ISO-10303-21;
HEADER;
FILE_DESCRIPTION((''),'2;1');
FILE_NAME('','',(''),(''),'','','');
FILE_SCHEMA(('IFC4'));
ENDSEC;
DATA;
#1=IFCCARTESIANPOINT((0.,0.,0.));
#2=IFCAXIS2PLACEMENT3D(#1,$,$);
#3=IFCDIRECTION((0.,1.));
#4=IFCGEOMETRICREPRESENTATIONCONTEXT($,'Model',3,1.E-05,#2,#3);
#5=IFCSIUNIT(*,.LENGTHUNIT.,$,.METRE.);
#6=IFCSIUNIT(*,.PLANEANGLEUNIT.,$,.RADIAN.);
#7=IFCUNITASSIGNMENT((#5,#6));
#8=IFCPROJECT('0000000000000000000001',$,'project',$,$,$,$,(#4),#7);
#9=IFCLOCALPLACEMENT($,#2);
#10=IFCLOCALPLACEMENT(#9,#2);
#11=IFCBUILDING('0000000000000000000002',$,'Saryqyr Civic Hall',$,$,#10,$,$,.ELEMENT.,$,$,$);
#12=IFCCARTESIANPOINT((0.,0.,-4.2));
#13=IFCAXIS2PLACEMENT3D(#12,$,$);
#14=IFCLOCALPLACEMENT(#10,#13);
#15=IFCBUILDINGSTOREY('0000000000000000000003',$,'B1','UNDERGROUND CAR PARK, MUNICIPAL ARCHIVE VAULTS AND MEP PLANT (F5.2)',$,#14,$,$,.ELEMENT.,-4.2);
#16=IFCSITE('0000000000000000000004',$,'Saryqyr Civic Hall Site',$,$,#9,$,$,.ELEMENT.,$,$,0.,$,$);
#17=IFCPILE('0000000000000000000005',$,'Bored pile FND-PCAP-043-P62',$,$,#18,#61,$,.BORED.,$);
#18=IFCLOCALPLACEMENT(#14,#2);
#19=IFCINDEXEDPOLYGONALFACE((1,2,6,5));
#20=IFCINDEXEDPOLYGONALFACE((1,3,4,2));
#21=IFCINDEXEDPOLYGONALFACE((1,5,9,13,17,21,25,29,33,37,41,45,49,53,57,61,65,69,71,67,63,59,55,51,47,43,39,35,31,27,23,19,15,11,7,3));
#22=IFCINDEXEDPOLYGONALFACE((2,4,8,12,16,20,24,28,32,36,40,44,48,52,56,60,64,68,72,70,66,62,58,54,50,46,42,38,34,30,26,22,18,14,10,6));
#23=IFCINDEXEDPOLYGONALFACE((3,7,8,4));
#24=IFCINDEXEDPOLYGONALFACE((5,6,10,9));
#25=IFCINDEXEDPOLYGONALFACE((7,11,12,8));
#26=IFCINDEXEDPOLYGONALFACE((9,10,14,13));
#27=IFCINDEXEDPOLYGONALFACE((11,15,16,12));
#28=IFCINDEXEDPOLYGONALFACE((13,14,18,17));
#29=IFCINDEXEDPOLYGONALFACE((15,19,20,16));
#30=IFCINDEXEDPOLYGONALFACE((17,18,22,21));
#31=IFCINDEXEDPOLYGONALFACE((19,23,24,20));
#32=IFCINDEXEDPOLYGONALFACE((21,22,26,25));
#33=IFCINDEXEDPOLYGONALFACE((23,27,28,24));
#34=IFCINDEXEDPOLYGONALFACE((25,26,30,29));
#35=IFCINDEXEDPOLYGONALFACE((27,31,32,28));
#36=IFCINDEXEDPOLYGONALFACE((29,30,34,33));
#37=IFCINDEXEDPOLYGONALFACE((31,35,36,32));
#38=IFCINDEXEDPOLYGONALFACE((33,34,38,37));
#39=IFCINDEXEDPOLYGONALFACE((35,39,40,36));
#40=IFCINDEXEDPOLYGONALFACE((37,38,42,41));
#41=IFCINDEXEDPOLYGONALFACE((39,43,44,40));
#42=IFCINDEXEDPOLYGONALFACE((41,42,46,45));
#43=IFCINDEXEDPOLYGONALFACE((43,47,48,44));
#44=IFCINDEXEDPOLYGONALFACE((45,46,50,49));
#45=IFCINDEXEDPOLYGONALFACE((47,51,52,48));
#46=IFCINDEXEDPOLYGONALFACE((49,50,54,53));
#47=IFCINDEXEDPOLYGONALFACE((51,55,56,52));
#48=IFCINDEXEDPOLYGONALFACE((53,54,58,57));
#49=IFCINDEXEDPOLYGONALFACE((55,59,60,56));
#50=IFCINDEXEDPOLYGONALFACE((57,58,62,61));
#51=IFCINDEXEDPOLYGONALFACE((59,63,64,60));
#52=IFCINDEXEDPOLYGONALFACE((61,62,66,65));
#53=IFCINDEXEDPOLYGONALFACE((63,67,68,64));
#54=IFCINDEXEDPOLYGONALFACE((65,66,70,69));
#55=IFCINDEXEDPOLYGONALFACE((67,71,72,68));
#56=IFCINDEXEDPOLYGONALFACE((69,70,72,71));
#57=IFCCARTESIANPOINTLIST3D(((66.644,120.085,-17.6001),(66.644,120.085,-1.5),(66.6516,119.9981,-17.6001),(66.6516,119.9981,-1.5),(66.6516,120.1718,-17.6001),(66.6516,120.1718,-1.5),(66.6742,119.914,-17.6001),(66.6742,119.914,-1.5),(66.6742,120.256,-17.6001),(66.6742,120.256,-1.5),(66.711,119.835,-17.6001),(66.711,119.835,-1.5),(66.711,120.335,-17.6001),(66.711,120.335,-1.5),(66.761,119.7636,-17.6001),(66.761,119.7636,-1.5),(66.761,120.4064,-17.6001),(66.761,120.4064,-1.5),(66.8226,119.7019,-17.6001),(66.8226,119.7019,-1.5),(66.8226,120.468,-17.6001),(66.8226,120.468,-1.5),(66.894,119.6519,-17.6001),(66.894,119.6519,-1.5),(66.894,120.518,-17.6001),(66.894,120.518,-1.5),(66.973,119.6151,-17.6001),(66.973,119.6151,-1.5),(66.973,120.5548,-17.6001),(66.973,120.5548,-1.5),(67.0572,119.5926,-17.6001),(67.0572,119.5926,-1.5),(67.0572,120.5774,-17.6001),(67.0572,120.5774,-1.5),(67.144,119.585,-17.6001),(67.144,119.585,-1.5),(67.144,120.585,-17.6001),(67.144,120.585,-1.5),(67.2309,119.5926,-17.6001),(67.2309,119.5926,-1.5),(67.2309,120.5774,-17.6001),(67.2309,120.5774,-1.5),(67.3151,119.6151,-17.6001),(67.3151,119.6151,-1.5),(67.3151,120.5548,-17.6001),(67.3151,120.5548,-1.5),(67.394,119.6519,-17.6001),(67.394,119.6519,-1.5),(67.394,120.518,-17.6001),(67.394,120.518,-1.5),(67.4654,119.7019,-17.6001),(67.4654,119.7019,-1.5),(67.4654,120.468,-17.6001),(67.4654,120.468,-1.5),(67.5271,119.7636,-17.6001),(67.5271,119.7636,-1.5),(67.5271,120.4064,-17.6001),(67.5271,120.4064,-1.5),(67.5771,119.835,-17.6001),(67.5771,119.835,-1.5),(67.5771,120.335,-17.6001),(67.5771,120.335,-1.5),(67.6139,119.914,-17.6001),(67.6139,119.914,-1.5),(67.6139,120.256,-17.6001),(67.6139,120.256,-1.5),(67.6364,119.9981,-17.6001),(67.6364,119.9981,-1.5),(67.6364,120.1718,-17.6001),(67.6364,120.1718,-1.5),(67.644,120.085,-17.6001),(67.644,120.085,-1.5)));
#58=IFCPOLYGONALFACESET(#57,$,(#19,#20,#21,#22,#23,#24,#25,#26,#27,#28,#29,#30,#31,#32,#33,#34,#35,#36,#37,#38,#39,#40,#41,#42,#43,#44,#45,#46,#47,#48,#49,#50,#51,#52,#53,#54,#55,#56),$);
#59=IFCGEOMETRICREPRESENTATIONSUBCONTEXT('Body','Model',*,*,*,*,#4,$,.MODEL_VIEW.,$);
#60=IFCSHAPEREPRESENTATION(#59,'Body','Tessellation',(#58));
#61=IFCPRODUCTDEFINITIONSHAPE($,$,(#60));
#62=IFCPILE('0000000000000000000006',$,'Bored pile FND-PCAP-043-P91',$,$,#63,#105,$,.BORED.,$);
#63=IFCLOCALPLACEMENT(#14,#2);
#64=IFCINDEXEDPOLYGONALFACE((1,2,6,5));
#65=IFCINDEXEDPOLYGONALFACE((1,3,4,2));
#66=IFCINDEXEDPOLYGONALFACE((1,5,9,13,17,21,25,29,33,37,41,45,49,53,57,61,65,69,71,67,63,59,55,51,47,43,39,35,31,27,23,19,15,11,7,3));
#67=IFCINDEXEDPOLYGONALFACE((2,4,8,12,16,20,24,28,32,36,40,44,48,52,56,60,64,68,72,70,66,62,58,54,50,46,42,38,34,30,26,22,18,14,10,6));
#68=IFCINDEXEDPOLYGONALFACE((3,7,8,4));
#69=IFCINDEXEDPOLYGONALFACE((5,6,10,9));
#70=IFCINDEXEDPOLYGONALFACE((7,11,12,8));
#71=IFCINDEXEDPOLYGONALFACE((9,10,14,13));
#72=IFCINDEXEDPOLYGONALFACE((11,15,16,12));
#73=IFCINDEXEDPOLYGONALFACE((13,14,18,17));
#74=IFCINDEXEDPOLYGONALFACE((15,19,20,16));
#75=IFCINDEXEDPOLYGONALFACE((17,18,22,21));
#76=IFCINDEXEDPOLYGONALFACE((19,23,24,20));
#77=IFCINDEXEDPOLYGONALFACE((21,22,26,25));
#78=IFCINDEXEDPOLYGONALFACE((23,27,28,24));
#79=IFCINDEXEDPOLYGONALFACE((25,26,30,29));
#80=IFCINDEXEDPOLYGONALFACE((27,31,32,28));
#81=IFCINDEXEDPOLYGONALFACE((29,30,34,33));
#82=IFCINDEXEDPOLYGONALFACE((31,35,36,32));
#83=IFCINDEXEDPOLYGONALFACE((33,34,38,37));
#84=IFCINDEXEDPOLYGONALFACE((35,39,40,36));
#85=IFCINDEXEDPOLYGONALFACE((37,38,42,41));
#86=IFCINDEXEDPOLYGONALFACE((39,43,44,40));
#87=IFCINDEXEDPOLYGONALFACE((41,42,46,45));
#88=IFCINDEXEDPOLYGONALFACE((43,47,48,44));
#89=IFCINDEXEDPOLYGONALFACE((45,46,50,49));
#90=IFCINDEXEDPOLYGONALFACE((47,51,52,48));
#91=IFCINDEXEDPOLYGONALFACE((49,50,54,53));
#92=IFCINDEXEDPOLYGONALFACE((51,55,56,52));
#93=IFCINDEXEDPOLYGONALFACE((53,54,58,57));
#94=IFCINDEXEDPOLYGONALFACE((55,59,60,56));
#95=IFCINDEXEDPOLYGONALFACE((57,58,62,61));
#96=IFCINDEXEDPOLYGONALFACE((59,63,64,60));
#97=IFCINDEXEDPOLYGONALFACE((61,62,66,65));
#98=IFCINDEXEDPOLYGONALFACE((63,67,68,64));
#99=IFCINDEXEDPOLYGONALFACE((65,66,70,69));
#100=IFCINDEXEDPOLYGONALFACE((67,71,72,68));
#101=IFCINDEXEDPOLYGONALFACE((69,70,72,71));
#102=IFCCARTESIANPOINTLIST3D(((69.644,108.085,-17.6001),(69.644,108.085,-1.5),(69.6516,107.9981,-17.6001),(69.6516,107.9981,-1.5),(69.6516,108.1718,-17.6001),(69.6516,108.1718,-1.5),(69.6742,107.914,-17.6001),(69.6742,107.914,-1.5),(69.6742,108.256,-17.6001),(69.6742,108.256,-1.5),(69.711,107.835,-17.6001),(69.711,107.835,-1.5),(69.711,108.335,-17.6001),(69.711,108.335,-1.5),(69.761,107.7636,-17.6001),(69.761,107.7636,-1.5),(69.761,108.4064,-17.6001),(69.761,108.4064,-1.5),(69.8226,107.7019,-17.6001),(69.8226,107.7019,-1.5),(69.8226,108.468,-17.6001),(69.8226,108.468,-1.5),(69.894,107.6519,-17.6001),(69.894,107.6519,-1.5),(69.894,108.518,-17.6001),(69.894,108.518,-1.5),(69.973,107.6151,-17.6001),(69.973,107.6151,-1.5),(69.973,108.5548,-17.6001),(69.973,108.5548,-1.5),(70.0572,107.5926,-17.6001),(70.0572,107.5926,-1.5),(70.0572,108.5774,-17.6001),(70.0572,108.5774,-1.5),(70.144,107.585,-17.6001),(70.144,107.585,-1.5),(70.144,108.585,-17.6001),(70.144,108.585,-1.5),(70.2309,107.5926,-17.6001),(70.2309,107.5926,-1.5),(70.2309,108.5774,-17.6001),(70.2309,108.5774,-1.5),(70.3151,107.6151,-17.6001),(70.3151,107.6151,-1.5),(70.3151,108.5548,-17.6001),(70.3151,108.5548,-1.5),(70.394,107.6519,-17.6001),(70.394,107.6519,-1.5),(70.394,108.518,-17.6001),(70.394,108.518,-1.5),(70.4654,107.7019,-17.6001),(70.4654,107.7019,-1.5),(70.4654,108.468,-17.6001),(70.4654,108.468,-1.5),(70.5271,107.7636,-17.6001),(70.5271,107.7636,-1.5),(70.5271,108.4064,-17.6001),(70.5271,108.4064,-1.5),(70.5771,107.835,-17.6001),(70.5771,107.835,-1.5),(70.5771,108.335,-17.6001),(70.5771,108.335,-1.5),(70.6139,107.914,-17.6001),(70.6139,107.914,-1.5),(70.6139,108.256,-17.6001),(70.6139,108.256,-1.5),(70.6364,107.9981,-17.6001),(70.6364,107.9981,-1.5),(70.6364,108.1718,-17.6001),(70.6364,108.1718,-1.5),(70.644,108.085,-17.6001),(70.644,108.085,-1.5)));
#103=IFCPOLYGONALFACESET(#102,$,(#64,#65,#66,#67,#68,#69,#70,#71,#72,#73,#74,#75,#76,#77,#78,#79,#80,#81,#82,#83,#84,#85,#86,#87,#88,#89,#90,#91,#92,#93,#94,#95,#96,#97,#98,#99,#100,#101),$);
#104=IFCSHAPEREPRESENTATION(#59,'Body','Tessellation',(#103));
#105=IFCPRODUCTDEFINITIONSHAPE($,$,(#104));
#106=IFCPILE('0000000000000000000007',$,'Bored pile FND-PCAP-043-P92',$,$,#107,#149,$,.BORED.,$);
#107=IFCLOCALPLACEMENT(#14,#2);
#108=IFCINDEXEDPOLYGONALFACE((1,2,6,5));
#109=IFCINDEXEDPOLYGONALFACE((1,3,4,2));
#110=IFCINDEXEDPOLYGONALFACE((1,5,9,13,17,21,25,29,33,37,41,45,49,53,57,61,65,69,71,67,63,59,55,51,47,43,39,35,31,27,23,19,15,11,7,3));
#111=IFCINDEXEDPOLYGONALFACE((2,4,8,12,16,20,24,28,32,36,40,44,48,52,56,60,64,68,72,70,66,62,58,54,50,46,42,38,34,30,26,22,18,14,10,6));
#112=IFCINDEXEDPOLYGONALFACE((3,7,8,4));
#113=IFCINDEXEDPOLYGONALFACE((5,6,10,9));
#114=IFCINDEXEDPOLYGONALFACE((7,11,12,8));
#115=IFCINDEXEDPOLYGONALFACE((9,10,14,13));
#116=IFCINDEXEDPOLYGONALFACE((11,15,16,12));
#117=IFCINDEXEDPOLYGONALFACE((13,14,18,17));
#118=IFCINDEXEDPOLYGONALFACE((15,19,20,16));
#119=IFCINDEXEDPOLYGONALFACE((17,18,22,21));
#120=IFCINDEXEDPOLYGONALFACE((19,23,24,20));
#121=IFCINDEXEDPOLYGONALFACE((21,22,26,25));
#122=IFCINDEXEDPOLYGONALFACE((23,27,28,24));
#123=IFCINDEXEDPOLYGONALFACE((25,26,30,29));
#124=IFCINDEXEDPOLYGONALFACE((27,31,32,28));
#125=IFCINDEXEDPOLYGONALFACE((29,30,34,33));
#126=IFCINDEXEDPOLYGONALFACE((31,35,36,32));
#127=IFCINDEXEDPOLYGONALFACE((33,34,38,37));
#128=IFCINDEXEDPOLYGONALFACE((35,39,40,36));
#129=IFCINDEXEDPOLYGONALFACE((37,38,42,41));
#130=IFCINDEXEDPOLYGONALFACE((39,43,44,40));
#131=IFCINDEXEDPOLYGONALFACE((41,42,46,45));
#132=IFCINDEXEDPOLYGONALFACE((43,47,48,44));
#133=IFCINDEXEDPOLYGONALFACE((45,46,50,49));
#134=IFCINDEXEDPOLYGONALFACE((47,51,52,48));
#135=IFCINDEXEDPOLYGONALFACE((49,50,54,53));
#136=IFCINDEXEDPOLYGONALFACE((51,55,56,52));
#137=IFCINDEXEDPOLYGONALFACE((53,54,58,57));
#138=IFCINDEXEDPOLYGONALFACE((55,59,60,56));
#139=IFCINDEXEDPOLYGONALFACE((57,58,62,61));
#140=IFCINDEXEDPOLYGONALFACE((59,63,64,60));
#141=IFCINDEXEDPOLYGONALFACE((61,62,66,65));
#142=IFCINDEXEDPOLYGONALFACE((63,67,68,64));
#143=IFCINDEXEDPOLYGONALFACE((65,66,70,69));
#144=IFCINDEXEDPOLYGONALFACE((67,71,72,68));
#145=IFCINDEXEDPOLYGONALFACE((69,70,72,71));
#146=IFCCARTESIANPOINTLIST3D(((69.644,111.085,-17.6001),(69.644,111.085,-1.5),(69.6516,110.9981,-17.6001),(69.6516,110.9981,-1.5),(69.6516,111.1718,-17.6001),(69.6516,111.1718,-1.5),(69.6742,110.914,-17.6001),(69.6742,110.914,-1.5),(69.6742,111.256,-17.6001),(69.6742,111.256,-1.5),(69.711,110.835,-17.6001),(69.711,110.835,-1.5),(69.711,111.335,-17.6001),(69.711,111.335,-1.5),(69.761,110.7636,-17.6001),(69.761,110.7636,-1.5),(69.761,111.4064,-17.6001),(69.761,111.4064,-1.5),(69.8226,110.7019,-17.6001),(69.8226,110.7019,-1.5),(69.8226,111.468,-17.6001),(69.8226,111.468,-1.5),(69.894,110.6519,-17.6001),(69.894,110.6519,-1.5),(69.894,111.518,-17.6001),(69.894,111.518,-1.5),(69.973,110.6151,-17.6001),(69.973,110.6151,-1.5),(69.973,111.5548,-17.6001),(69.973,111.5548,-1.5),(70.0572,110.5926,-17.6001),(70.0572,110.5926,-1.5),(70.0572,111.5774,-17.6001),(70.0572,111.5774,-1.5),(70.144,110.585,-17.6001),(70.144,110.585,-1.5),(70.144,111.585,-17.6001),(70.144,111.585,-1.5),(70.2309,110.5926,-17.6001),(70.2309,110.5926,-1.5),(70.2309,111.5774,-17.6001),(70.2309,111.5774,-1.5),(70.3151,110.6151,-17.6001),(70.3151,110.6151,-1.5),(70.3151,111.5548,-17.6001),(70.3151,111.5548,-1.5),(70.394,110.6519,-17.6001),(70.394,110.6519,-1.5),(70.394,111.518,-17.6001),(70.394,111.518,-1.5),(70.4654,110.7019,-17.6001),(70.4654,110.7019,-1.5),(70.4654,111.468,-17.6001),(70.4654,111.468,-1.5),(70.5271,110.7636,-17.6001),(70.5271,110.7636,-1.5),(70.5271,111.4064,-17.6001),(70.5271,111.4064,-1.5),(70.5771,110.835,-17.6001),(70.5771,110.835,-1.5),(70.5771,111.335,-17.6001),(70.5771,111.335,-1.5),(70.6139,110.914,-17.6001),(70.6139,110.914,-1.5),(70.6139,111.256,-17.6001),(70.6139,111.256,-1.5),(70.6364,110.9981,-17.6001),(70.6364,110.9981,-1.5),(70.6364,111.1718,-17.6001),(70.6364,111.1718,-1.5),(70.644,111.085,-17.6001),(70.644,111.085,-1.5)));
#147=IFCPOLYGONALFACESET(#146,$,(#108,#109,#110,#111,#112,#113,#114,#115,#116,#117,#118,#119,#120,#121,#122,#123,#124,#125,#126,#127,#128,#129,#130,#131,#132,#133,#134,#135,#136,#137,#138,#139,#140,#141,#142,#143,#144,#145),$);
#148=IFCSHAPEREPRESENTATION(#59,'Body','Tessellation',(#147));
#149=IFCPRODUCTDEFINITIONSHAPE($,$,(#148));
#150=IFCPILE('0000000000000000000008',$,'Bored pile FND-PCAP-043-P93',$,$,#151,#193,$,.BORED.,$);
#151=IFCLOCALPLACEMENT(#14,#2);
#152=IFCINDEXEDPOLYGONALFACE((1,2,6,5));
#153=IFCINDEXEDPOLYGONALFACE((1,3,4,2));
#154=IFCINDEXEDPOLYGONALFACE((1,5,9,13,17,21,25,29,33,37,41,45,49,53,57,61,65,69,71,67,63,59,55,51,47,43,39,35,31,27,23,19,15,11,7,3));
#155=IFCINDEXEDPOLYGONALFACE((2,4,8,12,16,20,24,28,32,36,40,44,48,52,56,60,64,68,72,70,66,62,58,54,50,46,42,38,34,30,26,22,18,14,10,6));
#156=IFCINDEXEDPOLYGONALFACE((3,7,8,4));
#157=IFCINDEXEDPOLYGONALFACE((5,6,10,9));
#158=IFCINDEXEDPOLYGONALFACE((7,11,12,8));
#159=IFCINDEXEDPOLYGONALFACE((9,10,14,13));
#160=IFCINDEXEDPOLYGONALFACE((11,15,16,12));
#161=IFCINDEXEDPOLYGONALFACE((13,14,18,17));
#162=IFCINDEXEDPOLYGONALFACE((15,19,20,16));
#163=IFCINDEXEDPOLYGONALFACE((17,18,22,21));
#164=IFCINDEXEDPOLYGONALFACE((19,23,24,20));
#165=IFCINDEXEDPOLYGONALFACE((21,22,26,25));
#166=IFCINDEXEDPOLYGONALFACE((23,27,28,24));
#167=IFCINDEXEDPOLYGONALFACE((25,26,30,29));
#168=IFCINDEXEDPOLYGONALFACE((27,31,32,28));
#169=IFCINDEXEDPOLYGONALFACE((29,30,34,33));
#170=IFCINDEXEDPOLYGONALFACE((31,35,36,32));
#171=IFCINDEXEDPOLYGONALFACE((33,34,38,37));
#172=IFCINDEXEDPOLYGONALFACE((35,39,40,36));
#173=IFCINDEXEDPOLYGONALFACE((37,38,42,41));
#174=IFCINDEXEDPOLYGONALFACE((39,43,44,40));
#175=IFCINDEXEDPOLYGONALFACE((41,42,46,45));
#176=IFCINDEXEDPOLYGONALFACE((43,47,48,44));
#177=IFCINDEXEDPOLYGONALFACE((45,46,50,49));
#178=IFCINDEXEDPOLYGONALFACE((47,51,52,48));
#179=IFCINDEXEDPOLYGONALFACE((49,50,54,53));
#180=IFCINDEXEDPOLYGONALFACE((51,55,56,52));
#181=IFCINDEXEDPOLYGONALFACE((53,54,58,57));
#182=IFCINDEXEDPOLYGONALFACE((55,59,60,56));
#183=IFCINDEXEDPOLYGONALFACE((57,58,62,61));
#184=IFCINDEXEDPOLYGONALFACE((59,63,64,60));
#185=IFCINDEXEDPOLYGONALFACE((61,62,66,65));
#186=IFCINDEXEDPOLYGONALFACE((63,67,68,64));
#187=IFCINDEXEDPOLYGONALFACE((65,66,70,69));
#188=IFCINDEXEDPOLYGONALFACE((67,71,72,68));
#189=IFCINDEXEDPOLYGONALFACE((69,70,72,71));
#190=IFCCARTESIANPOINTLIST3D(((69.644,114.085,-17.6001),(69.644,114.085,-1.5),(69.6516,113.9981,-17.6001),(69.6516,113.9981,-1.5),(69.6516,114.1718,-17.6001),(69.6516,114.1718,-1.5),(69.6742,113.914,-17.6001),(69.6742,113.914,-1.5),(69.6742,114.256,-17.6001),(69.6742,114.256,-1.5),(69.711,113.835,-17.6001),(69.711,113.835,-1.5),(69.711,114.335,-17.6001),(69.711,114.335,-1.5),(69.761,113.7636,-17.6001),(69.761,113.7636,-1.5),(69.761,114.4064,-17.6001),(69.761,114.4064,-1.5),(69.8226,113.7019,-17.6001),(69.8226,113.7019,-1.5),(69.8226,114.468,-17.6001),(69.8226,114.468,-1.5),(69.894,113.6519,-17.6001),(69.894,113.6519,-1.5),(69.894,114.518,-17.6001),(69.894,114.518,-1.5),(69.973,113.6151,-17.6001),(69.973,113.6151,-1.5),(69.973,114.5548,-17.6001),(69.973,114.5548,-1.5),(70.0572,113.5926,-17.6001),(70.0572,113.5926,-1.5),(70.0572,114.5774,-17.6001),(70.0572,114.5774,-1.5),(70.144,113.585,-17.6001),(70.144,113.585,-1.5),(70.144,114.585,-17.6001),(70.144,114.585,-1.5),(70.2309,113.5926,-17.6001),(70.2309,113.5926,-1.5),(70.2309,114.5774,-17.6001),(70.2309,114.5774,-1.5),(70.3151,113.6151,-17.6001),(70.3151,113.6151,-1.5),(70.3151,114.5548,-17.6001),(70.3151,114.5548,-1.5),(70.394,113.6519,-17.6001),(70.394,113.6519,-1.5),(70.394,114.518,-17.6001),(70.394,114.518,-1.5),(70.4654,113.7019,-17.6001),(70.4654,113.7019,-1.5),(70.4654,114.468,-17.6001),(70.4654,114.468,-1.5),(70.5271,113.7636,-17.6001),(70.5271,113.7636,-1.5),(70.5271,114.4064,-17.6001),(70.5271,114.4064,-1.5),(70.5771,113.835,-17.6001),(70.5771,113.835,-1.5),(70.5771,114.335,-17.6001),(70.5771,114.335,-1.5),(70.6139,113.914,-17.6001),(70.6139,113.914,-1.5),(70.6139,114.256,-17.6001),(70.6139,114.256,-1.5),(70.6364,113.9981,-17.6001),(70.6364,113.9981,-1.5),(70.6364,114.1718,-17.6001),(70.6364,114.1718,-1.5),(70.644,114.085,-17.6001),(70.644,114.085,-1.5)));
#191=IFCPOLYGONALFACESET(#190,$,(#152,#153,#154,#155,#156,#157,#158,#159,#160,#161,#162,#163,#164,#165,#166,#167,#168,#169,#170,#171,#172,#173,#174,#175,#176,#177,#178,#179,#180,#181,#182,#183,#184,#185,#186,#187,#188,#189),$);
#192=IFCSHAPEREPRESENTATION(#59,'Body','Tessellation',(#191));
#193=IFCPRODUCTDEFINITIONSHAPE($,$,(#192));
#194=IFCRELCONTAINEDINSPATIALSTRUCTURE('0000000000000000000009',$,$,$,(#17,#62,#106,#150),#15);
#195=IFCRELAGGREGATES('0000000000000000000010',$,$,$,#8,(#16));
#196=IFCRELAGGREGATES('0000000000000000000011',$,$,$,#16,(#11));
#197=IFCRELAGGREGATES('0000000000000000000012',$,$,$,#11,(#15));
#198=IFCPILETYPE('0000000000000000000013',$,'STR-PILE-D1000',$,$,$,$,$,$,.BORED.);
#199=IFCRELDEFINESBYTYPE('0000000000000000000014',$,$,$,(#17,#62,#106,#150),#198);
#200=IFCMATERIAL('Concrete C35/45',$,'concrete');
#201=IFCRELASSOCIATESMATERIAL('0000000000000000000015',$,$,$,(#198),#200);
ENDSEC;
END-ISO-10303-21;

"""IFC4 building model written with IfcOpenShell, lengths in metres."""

from ifc_helpers import new_model, si_unit, direction, frame, origin, origin_2d, place, context, subcontext, project, spatial, circle, extrude, material, material_profile, profile_set, type_object, element, save


model = new_model("IFC4")

# Units and contexts
model_context = context("Model", 3, precision=1e-05, world=origin(), true_north=direction((0.0, 1.0)))
body_context = subcontext(model_context, "Body", "Model", "MODEL_VIEW")
ifc_project = project(units=[si_unit("LENGTHUNIT", "METRE"), si_unit("PLANEANGLEUNIT", "RADIAN")], contexts=[model_context])

# Site, building, storey
site_placement = place(None, origin())
site = spatial("IfcSite", under=ifc_project, at=site_placement, Name="Saryqyr Civic Hall Site", CompositionType="ELEMENT", RefElevation=0.0)
building_placement = place(site_placement, origin())
building = spatial("IfcBuilding", under=site, at=building_placement, Name="Saryqyr Civic Hall", CompositionType="ELEMENT")
storey_placement = place(building_placement, frame((0.0, 0.0, -4.2)))
storey = spatial("IfcBuildingStorey", under=building, at=storey_placement, Name="B1", Description="UNDERGROUND CAR PARK, MUNICIPAL ARCHIVE VAULTS AND MEP PLANT (F5.2)", CompositionType="ELEMENT", Elevation=-4.2)

# Piles
ifc_material_1 = material(Name="Concrete C35/45", Category="concrete")
ifc_material_profile_1 = material_profile(ifc_material_1, circle(Radius=0.5, at=origin_2d()), Name="BORED PILE D1000")
ifc_profile_set_1 = profile_set([ifc_material_profile_1], Name="Concrete C35/45")
pile_type = type_object("IfcPileType", Name="STR-PILE-D1000", PredefinedType="BORED", material=ifc_profile_set_1)
for number, where, z_axis, x_axis, name in (
    (1, (67.144, 120.085, -1.5), (0.0, 0.0, -1.0), (1.0, 0.0, 0.0), "Bored pile FND-PCAP-043-P62"),
    (2, (70.144, 108.085, -1.5), (0.0, 0.0, -1.0), (1.0, 0.0, 0.0), "Bored pile FND-PCAP-043-P91"),
    (3, (70.144, 111.085, -1.5), (0.0, 0.0, -1.0), (1.0, 0.0, 0.0), "Bored pile FND-PCAP-043-P92"),
    (4, (70.144, 114.085, -1.5), (0.0, 0.0, -1.0), (1.0, 0.0, 0.0), "Bored pile FND-PCAP-043-P93"),
):
    element("IfcPile", number, at=place(storey_placement, frame(where, z_axis=z_axis, x_axis=x_axis)), inside=storey, type_object=pile_type, Name=name, PredefinedType="BORED", context=body_context, shape_type="SweptSolid", body=[
        extrude(circle(Radius=0.5, at=origin_2d()), origin(), (0.0, 0.0, 1.0), 16.1001),
    ])

save(model, "model.ifc")
